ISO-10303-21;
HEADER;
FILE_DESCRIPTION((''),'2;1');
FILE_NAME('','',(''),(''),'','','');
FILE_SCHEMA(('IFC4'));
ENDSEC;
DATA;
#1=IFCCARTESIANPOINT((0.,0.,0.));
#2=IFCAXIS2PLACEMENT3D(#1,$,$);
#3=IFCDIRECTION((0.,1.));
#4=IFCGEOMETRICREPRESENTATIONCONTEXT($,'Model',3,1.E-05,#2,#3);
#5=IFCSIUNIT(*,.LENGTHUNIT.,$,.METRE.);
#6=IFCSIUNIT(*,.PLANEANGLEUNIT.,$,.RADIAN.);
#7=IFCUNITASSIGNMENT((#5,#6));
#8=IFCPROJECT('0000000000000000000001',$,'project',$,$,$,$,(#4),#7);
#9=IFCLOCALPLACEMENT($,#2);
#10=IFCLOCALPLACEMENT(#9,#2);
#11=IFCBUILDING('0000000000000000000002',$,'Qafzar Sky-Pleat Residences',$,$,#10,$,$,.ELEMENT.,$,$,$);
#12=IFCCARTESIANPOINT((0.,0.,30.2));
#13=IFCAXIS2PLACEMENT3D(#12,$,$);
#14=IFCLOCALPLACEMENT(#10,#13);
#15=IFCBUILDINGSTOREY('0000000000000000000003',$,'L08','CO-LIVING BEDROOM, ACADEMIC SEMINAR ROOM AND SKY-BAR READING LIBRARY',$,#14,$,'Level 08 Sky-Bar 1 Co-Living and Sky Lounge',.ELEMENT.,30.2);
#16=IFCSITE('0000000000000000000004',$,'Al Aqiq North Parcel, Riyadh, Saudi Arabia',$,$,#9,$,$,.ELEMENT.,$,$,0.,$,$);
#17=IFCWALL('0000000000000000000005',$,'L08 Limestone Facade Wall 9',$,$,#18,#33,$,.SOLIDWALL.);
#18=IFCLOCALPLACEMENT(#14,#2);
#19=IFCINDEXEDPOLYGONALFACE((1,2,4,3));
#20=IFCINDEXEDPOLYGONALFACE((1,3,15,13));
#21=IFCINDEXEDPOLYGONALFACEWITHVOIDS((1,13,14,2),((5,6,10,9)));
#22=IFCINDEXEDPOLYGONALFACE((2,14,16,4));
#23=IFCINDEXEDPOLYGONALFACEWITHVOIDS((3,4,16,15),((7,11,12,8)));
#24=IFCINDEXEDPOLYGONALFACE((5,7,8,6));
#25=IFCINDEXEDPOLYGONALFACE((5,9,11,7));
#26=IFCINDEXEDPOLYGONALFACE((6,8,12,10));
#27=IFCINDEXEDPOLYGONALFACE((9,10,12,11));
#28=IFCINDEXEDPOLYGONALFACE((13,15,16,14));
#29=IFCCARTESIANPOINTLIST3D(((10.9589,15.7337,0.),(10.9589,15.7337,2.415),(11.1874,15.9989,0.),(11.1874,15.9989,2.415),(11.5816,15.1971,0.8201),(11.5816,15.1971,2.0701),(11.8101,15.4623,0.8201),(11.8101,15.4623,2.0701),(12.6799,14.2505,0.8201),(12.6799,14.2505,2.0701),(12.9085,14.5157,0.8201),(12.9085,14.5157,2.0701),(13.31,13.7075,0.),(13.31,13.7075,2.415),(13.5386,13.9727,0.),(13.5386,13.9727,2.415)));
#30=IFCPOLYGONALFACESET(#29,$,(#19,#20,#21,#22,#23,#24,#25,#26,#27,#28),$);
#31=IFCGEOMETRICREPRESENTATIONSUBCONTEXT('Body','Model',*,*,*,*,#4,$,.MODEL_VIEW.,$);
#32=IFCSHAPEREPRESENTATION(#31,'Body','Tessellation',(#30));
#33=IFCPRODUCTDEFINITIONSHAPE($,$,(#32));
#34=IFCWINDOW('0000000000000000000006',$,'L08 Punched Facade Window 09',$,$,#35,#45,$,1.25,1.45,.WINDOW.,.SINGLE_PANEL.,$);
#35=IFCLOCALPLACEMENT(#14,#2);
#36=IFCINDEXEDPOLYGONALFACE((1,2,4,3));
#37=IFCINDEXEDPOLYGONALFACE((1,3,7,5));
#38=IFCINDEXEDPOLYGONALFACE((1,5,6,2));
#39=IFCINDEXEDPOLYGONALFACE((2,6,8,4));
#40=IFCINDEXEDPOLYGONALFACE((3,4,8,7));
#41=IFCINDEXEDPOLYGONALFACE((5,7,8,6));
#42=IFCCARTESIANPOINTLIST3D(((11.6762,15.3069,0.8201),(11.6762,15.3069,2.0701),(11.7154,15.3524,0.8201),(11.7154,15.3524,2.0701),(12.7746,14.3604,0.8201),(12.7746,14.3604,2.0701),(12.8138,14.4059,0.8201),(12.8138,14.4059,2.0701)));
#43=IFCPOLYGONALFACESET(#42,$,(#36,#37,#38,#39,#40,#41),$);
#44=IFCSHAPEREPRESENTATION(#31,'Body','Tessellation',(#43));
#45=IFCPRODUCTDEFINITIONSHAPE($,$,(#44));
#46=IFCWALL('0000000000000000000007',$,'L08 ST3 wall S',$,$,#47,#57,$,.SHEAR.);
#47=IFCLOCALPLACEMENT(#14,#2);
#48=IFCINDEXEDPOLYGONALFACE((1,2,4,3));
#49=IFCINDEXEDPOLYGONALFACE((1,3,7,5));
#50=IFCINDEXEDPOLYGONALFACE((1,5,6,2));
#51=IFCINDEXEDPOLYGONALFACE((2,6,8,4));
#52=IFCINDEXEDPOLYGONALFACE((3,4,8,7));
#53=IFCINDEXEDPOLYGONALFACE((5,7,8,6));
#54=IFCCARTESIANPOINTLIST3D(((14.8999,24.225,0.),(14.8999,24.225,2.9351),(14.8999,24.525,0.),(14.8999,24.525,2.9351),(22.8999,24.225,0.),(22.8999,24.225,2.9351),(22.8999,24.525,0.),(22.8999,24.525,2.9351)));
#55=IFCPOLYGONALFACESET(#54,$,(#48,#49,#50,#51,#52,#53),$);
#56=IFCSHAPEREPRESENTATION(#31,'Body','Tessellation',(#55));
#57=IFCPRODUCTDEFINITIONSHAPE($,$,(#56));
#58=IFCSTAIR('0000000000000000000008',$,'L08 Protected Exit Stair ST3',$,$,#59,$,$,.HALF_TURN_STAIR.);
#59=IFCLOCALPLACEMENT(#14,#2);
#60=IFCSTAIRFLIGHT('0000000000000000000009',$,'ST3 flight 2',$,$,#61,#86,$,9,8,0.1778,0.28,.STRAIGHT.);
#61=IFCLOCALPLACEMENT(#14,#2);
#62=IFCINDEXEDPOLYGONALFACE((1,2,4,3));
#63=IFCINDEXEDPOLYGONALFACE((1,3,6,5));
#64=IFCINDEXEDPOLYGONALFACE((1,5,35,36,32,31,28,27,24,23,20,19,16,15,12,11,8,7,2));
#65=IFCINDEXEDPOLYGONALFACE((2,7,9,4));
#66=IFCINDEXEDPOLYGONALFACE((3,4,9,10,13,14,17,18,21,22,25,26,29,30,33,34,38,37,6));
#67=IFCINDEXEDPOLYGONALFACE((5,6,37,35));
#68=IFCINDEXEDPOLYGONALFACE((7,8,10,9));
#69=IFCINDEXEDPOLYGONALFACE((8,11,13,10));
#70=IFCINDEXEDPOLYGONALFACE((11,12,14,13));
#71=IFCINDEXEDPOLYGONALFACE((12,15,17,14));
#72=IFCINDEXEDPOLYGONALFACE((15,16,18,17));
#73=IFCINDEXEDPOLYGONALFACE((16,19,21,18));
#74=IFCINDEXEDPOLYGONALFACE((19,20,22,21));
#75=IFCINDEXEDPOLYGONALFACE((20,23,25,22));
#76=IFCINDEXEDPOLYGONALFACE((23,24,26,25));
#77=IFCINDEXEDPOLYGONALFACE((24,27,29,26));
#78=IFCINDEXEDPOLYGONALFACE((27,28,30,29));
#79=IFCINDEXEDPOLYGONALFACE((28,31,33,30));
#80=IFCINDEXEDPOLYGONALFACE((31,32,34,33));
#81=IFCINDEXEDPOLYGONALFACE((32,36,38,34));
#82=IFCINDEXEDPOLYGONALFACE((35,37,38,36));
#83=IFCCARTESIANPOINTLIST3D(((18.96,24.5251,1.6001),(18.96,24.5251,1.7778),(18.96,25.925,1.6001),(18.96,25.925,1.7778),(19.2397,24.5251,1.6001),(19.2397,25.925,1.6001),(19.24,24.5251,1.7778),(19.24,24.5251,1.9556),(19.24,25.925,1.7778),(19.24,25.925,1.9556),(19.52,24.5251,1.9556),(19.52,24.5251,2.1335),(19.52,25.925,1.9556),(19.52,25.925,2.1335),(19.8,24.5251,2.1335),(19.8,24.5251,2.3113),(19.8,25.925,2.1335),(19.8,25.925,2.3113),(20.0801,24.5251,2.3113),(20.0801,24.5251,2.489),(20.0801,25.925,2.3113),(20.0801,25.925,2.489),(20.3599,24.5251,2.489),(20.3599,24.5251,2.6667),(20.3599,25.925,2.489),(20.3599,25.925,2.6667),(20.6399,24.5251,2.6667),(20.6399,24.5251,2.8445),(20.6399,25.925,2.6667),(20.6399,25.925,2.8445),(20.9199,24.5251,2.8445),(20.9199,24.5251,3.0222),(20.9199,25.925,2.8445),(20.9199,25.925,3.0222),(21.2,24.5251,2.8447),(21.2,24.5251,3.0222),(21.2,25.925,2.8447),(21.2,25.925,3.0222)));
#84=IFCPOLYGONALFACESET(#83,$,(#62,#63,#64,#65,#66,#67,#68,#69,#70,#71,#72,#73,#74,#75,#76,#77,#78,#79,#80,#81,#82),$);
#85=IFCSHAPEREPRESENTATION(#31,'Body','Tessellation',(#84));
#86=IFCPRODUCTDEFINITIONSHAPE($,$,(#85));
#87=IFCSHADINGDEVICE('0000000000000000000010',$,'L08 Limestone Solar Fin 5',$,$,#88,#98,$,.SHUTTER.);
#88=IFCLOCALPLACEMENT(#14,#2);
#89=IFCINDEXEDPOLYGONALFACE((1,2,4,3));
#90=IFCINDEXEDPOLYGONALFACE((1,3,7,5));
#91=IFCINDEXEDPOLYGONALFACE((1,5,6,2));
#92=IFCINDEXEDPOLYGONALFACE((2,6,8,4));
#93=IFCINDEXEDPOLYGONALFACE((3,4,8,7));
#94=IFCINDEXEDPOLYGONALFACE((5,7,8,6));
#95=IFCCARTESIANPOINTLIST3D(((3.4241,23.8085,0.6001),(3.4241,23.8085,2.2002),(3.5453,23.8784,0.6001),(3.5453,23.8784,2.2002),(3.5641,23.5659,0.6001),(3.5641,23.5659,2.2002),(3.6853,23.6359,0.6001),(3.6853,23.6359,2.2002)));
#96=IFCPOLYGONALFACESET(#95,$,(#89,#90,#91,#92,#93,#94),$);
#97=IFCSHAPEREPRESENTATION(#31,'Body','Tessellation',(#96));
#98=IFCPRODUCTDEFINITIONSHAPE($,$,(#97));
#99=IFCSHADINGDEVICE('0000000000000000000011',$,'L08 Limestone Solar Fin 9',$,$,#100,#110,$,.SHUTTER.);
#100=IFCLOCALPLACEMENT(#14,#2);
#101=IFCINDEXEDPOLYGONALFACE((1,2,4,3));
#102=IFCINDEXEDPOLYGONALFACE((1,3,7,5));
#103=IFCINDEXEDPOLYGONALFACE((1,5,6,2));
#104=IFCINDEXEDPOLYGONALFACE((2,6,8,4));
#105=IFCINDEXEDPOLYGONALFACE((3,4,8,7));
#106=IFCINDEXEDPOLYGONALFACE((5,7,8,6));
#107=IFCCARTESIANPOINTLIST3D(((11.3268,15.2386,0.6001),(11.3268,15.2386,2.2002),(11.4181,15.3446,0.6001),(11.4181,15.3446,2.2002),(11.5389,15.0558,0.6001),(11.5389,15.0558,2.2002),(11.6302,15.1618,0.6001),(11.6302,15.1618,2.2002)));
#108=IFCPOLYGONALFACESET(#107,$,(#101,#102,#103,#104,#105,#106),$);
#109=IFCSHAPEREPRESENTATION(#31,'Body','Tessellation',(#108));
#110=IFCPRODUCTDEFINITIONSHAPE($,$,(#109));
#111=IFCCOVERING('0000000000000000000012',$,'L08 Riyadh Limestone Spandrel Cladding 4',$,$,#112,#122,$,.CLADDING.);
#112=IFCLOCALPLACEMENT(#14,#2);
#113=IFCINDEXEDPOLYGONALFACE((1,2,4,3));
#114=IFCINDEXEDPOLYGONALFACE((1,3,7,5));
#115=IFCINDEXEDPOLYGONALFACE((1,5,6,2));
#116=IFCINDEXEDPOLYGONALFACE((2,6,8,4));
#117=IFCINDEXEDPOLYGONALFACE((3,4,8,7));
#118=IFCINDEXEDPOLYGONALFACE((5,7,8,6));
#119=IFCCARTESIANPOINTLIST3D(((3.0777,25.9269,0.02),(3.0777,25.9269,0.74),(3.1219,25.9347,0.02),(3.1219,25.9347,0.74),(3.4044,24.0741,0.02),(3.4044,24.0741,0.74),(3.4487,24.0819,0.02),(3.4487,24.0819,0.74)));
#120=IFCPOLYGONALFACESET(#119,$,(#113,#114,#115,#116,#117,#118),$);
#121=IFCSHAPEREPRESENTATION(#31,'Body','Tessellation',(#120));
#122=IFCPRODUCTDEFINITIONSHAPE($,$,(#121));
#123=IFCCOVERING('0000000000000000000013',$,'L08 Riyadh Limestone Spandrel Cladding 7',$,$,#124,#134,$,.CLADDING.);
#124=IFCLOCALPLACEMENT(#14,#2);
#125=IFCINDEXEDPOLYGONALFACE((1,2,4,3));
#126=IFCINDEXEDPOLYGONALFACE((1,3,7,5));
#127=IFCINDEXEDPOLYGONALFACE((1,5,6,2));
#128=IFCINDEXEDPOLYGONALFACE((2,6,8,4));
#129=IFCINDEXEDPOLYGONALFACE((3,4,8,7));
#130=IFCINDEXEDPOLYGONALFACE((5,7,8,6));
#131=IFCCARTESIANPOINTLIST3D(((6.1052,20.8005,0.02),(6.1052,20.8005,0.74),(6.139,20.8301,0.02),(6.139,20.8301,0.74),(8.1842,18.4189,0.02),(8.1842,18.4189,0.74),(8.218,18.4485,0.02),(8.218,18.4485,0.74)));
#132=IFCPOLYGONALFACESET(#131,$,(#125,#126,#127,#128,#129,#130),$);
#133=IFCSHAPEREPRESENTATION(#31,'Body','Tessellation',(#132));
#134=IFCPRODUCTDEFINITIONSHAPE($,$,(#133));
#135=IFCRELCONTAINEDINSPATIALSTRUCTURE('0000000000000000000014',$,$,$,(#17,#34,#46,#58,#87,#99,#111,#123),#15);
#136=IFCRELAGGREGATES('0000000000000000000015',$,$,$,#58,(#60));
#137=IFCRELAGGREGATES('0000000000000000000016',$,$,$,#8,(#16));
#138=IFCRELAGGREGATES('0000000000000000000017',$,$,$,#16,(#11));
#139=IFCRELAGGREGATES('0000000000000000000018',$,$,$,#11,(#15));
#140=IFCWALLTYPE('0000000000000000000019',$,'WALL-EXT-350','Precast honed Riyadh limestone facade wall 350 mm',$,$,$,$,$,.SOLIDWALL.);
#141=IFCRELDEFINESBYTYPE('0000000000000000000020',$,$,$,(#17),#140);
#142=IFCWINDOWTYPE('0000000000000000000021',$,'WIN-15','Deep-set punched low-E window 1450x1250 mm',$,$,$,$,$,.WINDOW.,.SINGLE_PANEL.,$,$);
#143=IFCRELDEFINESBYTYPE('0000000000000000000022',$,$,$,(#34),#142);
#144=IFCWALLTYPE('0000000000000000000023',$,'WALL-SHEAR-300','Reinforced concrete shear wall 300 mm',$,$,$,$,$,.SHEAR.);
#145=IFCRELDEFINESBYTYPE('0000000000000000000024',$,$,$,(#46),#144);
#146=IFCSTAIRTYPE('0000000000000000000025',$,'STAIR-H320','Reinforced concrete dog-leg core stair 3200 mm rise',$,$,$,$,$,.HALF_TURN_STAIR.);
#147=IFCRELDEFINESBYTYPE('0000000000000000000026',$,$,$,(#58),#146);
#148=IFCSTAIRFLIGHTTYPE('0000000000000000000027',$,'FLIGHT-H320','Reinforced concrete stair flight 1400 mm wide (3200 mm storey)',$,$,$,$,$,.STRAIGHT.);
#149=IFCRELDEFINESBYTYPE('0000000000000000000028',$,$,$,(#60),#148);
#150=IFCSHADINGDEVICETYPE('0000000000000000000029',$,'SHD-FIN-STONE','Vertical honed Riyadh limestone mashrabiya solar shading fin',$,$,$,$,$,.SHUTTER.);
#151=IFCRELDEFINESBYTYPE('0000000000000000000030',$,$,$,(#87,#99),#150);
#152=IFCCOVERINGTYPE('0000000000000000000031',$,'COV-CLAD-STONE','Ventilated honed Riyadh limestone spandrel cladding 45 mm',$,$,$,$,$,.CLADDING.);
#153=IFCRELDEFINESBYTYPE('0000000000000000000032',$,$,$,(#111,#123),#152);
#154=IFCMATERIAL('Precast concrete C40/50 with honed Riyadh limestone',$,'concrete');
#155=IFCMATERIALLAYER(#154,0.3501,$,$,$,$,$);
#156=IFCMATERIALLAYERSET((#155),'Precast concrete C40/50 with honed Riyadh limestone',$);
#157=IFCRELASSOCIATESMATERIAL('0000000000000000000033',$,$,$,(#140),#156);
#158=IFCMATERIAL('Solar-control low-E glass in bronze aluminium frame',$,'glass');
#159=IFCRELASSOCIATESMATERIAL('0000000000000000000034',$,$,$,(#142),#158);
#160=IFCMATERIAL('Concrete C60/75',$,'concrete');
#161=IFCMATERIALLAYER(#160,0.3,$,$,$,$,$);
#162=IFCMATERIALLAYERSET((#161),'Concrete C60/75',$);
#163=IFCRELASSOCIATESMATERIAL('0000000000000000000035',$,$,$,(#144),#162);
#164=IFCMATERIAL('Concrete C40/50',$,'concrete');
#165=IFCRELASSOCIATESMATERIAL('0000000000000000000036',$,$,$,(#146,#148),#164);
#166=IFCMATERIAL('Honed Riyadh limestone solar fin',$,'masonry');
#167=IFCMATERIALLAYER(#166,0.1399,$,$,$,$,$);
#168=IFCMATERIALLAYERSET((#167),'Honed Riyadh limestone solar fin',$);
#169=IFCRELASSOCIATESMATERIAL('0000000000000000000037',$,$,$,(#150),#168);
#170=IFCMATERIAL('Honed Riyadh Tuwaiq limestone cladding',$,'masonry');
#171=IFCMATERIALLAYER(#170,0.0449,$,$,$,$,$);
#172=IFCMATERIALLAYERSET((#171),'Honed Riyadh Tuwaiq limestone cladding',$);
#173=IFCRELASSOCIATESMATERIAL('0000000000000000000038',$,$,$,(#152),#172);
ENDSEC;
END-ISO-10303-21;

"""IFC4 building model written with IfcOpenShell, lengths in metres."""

from ifc_helpers import new_model, si_unit, direction, frame, frame_2d, origin, origin_2d, place, context, subcontext, project, spatial, polyline, rectangle, outline, extrude, source, transform, mapped, material, layer, layer_set, type_object, element, fill, aggregate, save


model = new_model("IFC4")

# Units and contexts
model_context = context("Model", 3, precision=1e-05, world=origin(), true_north=direction((0.0, 1.0)))
body_context = subcontext(model_context, "Body", "Model", "MODEL_VIEW")
ifc_project = project(units=[si_unit("LENGTHUNIT", "METRE"), si_unit("PLANEANGLEUNIT", "RADIAN")], contexts=[model_context])

# Site, building, storey
site_placement = place(None, origin())
site = spatial("IfcSite", under=ifc_project, at=site_placement, Name="Al Aqiq North Parcel, Riyadh, Saudi Arabia", CompositionType="ELEMENT", RefElevation=0.0)
building_placement = place(site_placement, origin())
building = spatial("IfcBuilding", under=site, at=building_placement, Name="Qafzar Sky-Pleat Residences", CompositionType="ELEMENT")
storey_placement = place(building_placement, frame((0.0, 0.0, 30.2)))
storey = spatial("IfcBuildingStorey", under=building, at=storey_placement, Name="L08", Description="CO-LIVING BEDROOM, ACADEMIC SEMINAR ROOM AND SKY-BAR READING LIBRARY", LongName="Level 08 Sky-Bar 1 Co-Living and Sky Lounge", CompositionType="ELEMENT", Elevation=30.2)

# Shared definitions
ifc_material_1 = material(Name="Concrete C60/75", Category="concrete")

# Shared definitions
ifc_material_2 = material(Name="Precast concrete C40/50 with honed Riyadh limestone", Category="concrete")
ifc_layer_1 = layer(ifc_material_2, 0.3501)
ifc_layer_set_1 = layer_set([ifc_layer_1], Name="Precast concrete C40/50 with honed Riyadh limestone")
wall_type_1 = type_object("IfcWallType", Name="WALL-EXT-350", Description="Precast honed Riyadh limestone facade wall 350 mm", PredefinedType="SOLIDWALL", material=ifc_layer_set_1)
ifc_material_3 = material(Name="Solar-control low-E glass in bronze aluminium frame", Category="glass")
window_type_1 = type_object("IfcWindowType", Name="WIN-15", Description="Deep-set punched low-E window 1450x1250 mm", PartitioningType="SINGLE_PANEL", PredefinedType="WINDOW", material=ifc_material_3)
shared_shape_1 = source(origin(), body_context, "Body", "SweptSolid", [
    extrude(rectangle(XDim=1.45, YDim=1.25, at=frame_2d((0.7251, 0.625))), frame((0.0, 0.03, 0.0), z_axis=(0.0, -1.0, 0.0), x_axis=(1.0, 0.0, 0.0)), (0.0, 0.0, 1.0), 0.0601),
])

# Wall, opening, window
wall_1_placement = place(storey_placement, frame((11.0732, 15.8662, 0.0), z_axis=(0.0, 0.0, 1.0), x_axis=(0.757516, -0.652817, 0.0)))
wall_1 = element("IfcWall", 1, at=wall_1_placement, inside=storey, type_object=wall_type_1, Name="L08 Limestone Facade Wall 9", PredefinedType="SOLIDWALL", context=body_context, shape_type="SweptSolid", body=[
    extrude(rectangle(XDim=3.1038, YDim=0.3501, at=frame_2d((1.5518, 0.0))), origin(), (0.0, 0.0, 1.0), 2.415),
])
opening_1_placement = place(wall_1_placement, frame((0.8218, 0.0, 0.8201)))
opening_1 = element("IfcOpeningElement", 2, at=opening_1_placement, cuts=wall_1, PredefinedType="OPENING", context=body_context, shape_type="SweptSolid", body=[
    extrude(rectangle(XDim=1.45, YDim=1.25, at=frame_2d((0.7251, 0.625))), frame((0.0, 0.1851, 0.0), z_axis=(0.0, -1.0, 0.0), x_axis=(1.0, 0.0, 0.0)), (0.0, 0.0, 1.0), 0.3701),
])
window_1_placement = place(opening_1_placement, origin())
window_1 = element("IfcWindow", 3, at=window_1_placement, inside=storey, type_object=window_type_1, Name="L08 Punched Facade Window 09", OverallHeight=1.25, OverallWidth=1.45, PartitioningType="SINGLE_PANEL", PredefinedType="WINDOW", context=body_context, shape_type="MappedRepresentation", body=[
    mapped(shared_shape_1, transform((0.0, 0.0, 0.0), x_axis=(1.0, 0.0, 0.0), y_axis=(0.0, 1.0, 0.0), z_axis=(0.0, 0.0, 1.0), scale=1.0)),
])
fill(opening_1, window_1)

# Wall
ifc_layer_2 = layer(ifc_material_1, 0.3)
ifc_layer_set_2 = layer_set([ifc_layer_2], Name="Concrete C60/75")
wall_type_2 = type_object("IfcWallType", Name="WALL-SHEAR-300", Description="Reinforced concrete shear wall 300 mm", PredefinedType="SHEAR", material=ifc_layer_set_2)
wall_2_placement = place(storey_placement, frame((14.8999, 24.375, 0.0), z_axis=(0.0, 0.0, 1.0), x_axis=(1.0, 0.0, 0.0)))
element("IfcWall", 4, at=wall_2_placement, inside=storey, type_object=wall_type_2, Name="L08 ST3 wall S", PredefinedType="SHEAR", context=body_context, shape_type="SweptSolid", body=[
    extrude(rectangle(XDim=8.0, YDim=0.3, at=frame_2d((4.0, 0.0))), origin(), (0.0, 0.0, 1.0), 2.9351),
])

# Stair, stair flight
ifc_material_4 = material(Name="Concrete C40/50", Category="concrete")
stair_type = type_object("IfcStairType", Name="STAIR-H320", Description="Reinforced concrete dog-leg core stair 3200 mm rise", PredefinedType="HALF_TURN_STAIR", material=ifc_material_4)
stair_placement = place(storey_placement, origin())
stair = element("IfcStair", 5, at=stair_placement, inside=storey, type_object=stair_type, Name="L08 Protected Exit Stair ST3", PredefinedType="HALF_TURN_STAIR")
stair_flight_type = type_object("IfcStairFlightType", Name="FLIGHT-H320", Description="Reinforced concrete stair flight 1400 mm wide (3200 mm storey)", PredefinedType="STRAIGHT", material=ifc_material_4)
shared_shape_2 = source(origin(), body_context, "Body", "SweptSolid", [
    extrude(outline(polyline([(0.0, 0.0), (0.0, 0.1777), (0.28, 0.1777), (0.28, 0.3555), (0.5601, 0.3555), (0.5601, 0.5334), (0.8401, 0.5334), (0.8401, 0.7112), (1.1201, 0.7112), (1.1201, 0.8889), (1.3999, 0.8889), (1.3999, 1.0667), (1.6799, 1.0667), (1.6799, 1.2444), (1.96, 1.2444), (1.96, 1.4221), (2.24, 1.4221), (2.24, 1.6001), (2.24, 1.2446), (0.2798, 0.0), (0.0, 0.0)])), frame((0.0, 0.7, 0.0), z_axis=(0.0, -1.0, 0.0), x_axis=(1.0, 0.0, 0.0)), (0.0, 0.0, 1.0), 1.3999),
])
stair_flight_placement = place(storey_placement, frame((18.96, 25.2251, 1.6001), z_axis=(0.0, 0.0, 1.0), x_axis=(1.0, 0.0, 0.0)))
stair_flight = element("IfcStairFlight", 6, at=stair_flight_placement, type_object=stair_flight_type, Name="ST3 flight 2", NumberOfRisers=9, NumberOfTreads=8, PredefinedType="STRAIGHT", RiserHeight=0.1778, TreadLength=0.28, context=body_context, shape_type="MappedRepresentation", body=[
    mapped(shared_shape_2, transform((0.0, 0.0, 0.0), x_axis=(1.0, 0.0, 0.0), y_axis=(0.0, 1.0, 0.0), z_axis=(0.0, 0.0, 1.0), scale=1.0)),
])
aggregate(stair, [stair_flight])

# Shading devices
ifc_material_5 = material(Name="Honed Riyadh limestone solar fin", Category="masonry")
ifc_layer_3 = layer(ifc_material_5, 0.1399)
ifc_layer_set_3 = layer_set([ifc_layer_3], Name="Honed Riyadh limestone solar fin")
shading_device_type = type_object("IfcShadingDeviceType", Name="SHD-FIN-STONE", Description="Vertical honed Riyadh limestone mashrabiya solar shading fin", PredefinedType="SHUTTER", material=ifc_layer_set_3)
shared_shape_3 = source(origin(), body_context, "Body", "SweptSolid", [
    extrude(rectangle(XDim=0.1399, YDim=0.28, at=origin_2d()), origin(), (0.0, 0.0, 1.0), 1.6001),
])
for number, where, z_axis, x_axis, name in (
    (7, (3.5547, 23.7222, 0.6001), (0.0, 0.0, 1.0), (-0.866044, -0.499967, 0.0), "L08 Limestone Solar Fin 5"),
    (8, (11.4785, 15.2002, 0.6001), (0.0, 0.0, 1.0), (-0.652861, -0.757477, 0.0), "L08 Limestone Solar Fin 9"),
):
    element("IfcShadingDevice", number, at=place(storey_placement, frame(where, z_axis=z_axis, x_axis=x_axis)), inside=storey, type_object=shading_device_type, Name=name, PredefinedType="SHUTTER", context=body_context, shape_type="MappedRepresentation", body=[
        mapped(shared_shape_3, transform((0.0, 0.0, 0.0), x_axis=(1.0, 0.0, 0.0), y_axis=(0.0, 1.0, 0.0), z_axis=(0.0, 0.0, 1.0), scale=1.0)),
    ])

# Covering
ifc_material_6 = material(Name="Honed Riyadh Tuwaiq limestone cladding", Category="masonry")
ifc_layer_4 = layer(ifc_material_6, 0.0449)
ifc_layer_set_4 = layer_set([ifc_layer_4], Name="Honed Riyadh Tuwaiq limestone cladding")
covering_type = type_object("IfcCoveringType", Name="COV-CLAD-STONE", Description="Ventilated honed Riyadh limestone spandrel cladding 45 mm", PredefinedType="CLADDING", material=ifc_layer_set_4)
shared_shape_4 = source(origin(), body_context, "Body", "SweptSolid", [
    extrude(rectangle(XDim=1.8813, YDim=0.0449, at=origin_2d()), origin(), (0.0, 0.0, 1.0), 0.72),
])
covering_1_placement = place(storey_placement, frame((3.2632, 25.0044, 0.02), z_axis=(0.0, 0.0, 1.0), x_axis=(0.173663, -0.984805, 0.0)))
element("IfcCovering", 9, at=covering_1_placement, inside=storey, type_object=covering_type, Name="L08 Riyadh Limestone Spandrel Cladding 4", PredefinedType="CLADDING", context=body_context, shape_type="MappedRepresentation", body=[
    mapped(shared_shape_4, transform((0.0, 0.0, 0.0), x_axis=(1.0, 0.0, 0.0), y_axis=(0.0, 1.0, 0.0), z_axis=(0.0, 0.0, 1.0), scale=1.0)),
])

# Covering
shared_shape_5 = source(origin(), body_context, "Body", "SweptSolid", [
    extrude(rectangle(XDim=3.1614, YDim=0.0449, at=origin_2d()), origin(), (0.0, 0.0, 1.0), 0.72),
])
covering_2_placement = place(storey_placement, frame((7.1616, 19.6245, 0.02), z_axis=(0.0, 0.0, 1.0), x_axis=(0.657627, -0.753343, 0.0)))
element("IfcCovering", 10, at=covering_2_placement, inside=storey, type_object=covering_type, Name="L08 Riyadh Limestone Spandrel Cladding 7", PredefinedType="CLADDING", context=body_context, shape_type="MappedRepresentation", body=[
    mapped(shared_shape_5, transform((0.0, 0.0, 0.0), x_axis=(1.0, 0.0, 0.0), y_axis=(0.0, 1.0, 0.0), z_axis=(0.0, 0.0, 1.0), scale=1.0)),
])

save(model, "model.ifc")
